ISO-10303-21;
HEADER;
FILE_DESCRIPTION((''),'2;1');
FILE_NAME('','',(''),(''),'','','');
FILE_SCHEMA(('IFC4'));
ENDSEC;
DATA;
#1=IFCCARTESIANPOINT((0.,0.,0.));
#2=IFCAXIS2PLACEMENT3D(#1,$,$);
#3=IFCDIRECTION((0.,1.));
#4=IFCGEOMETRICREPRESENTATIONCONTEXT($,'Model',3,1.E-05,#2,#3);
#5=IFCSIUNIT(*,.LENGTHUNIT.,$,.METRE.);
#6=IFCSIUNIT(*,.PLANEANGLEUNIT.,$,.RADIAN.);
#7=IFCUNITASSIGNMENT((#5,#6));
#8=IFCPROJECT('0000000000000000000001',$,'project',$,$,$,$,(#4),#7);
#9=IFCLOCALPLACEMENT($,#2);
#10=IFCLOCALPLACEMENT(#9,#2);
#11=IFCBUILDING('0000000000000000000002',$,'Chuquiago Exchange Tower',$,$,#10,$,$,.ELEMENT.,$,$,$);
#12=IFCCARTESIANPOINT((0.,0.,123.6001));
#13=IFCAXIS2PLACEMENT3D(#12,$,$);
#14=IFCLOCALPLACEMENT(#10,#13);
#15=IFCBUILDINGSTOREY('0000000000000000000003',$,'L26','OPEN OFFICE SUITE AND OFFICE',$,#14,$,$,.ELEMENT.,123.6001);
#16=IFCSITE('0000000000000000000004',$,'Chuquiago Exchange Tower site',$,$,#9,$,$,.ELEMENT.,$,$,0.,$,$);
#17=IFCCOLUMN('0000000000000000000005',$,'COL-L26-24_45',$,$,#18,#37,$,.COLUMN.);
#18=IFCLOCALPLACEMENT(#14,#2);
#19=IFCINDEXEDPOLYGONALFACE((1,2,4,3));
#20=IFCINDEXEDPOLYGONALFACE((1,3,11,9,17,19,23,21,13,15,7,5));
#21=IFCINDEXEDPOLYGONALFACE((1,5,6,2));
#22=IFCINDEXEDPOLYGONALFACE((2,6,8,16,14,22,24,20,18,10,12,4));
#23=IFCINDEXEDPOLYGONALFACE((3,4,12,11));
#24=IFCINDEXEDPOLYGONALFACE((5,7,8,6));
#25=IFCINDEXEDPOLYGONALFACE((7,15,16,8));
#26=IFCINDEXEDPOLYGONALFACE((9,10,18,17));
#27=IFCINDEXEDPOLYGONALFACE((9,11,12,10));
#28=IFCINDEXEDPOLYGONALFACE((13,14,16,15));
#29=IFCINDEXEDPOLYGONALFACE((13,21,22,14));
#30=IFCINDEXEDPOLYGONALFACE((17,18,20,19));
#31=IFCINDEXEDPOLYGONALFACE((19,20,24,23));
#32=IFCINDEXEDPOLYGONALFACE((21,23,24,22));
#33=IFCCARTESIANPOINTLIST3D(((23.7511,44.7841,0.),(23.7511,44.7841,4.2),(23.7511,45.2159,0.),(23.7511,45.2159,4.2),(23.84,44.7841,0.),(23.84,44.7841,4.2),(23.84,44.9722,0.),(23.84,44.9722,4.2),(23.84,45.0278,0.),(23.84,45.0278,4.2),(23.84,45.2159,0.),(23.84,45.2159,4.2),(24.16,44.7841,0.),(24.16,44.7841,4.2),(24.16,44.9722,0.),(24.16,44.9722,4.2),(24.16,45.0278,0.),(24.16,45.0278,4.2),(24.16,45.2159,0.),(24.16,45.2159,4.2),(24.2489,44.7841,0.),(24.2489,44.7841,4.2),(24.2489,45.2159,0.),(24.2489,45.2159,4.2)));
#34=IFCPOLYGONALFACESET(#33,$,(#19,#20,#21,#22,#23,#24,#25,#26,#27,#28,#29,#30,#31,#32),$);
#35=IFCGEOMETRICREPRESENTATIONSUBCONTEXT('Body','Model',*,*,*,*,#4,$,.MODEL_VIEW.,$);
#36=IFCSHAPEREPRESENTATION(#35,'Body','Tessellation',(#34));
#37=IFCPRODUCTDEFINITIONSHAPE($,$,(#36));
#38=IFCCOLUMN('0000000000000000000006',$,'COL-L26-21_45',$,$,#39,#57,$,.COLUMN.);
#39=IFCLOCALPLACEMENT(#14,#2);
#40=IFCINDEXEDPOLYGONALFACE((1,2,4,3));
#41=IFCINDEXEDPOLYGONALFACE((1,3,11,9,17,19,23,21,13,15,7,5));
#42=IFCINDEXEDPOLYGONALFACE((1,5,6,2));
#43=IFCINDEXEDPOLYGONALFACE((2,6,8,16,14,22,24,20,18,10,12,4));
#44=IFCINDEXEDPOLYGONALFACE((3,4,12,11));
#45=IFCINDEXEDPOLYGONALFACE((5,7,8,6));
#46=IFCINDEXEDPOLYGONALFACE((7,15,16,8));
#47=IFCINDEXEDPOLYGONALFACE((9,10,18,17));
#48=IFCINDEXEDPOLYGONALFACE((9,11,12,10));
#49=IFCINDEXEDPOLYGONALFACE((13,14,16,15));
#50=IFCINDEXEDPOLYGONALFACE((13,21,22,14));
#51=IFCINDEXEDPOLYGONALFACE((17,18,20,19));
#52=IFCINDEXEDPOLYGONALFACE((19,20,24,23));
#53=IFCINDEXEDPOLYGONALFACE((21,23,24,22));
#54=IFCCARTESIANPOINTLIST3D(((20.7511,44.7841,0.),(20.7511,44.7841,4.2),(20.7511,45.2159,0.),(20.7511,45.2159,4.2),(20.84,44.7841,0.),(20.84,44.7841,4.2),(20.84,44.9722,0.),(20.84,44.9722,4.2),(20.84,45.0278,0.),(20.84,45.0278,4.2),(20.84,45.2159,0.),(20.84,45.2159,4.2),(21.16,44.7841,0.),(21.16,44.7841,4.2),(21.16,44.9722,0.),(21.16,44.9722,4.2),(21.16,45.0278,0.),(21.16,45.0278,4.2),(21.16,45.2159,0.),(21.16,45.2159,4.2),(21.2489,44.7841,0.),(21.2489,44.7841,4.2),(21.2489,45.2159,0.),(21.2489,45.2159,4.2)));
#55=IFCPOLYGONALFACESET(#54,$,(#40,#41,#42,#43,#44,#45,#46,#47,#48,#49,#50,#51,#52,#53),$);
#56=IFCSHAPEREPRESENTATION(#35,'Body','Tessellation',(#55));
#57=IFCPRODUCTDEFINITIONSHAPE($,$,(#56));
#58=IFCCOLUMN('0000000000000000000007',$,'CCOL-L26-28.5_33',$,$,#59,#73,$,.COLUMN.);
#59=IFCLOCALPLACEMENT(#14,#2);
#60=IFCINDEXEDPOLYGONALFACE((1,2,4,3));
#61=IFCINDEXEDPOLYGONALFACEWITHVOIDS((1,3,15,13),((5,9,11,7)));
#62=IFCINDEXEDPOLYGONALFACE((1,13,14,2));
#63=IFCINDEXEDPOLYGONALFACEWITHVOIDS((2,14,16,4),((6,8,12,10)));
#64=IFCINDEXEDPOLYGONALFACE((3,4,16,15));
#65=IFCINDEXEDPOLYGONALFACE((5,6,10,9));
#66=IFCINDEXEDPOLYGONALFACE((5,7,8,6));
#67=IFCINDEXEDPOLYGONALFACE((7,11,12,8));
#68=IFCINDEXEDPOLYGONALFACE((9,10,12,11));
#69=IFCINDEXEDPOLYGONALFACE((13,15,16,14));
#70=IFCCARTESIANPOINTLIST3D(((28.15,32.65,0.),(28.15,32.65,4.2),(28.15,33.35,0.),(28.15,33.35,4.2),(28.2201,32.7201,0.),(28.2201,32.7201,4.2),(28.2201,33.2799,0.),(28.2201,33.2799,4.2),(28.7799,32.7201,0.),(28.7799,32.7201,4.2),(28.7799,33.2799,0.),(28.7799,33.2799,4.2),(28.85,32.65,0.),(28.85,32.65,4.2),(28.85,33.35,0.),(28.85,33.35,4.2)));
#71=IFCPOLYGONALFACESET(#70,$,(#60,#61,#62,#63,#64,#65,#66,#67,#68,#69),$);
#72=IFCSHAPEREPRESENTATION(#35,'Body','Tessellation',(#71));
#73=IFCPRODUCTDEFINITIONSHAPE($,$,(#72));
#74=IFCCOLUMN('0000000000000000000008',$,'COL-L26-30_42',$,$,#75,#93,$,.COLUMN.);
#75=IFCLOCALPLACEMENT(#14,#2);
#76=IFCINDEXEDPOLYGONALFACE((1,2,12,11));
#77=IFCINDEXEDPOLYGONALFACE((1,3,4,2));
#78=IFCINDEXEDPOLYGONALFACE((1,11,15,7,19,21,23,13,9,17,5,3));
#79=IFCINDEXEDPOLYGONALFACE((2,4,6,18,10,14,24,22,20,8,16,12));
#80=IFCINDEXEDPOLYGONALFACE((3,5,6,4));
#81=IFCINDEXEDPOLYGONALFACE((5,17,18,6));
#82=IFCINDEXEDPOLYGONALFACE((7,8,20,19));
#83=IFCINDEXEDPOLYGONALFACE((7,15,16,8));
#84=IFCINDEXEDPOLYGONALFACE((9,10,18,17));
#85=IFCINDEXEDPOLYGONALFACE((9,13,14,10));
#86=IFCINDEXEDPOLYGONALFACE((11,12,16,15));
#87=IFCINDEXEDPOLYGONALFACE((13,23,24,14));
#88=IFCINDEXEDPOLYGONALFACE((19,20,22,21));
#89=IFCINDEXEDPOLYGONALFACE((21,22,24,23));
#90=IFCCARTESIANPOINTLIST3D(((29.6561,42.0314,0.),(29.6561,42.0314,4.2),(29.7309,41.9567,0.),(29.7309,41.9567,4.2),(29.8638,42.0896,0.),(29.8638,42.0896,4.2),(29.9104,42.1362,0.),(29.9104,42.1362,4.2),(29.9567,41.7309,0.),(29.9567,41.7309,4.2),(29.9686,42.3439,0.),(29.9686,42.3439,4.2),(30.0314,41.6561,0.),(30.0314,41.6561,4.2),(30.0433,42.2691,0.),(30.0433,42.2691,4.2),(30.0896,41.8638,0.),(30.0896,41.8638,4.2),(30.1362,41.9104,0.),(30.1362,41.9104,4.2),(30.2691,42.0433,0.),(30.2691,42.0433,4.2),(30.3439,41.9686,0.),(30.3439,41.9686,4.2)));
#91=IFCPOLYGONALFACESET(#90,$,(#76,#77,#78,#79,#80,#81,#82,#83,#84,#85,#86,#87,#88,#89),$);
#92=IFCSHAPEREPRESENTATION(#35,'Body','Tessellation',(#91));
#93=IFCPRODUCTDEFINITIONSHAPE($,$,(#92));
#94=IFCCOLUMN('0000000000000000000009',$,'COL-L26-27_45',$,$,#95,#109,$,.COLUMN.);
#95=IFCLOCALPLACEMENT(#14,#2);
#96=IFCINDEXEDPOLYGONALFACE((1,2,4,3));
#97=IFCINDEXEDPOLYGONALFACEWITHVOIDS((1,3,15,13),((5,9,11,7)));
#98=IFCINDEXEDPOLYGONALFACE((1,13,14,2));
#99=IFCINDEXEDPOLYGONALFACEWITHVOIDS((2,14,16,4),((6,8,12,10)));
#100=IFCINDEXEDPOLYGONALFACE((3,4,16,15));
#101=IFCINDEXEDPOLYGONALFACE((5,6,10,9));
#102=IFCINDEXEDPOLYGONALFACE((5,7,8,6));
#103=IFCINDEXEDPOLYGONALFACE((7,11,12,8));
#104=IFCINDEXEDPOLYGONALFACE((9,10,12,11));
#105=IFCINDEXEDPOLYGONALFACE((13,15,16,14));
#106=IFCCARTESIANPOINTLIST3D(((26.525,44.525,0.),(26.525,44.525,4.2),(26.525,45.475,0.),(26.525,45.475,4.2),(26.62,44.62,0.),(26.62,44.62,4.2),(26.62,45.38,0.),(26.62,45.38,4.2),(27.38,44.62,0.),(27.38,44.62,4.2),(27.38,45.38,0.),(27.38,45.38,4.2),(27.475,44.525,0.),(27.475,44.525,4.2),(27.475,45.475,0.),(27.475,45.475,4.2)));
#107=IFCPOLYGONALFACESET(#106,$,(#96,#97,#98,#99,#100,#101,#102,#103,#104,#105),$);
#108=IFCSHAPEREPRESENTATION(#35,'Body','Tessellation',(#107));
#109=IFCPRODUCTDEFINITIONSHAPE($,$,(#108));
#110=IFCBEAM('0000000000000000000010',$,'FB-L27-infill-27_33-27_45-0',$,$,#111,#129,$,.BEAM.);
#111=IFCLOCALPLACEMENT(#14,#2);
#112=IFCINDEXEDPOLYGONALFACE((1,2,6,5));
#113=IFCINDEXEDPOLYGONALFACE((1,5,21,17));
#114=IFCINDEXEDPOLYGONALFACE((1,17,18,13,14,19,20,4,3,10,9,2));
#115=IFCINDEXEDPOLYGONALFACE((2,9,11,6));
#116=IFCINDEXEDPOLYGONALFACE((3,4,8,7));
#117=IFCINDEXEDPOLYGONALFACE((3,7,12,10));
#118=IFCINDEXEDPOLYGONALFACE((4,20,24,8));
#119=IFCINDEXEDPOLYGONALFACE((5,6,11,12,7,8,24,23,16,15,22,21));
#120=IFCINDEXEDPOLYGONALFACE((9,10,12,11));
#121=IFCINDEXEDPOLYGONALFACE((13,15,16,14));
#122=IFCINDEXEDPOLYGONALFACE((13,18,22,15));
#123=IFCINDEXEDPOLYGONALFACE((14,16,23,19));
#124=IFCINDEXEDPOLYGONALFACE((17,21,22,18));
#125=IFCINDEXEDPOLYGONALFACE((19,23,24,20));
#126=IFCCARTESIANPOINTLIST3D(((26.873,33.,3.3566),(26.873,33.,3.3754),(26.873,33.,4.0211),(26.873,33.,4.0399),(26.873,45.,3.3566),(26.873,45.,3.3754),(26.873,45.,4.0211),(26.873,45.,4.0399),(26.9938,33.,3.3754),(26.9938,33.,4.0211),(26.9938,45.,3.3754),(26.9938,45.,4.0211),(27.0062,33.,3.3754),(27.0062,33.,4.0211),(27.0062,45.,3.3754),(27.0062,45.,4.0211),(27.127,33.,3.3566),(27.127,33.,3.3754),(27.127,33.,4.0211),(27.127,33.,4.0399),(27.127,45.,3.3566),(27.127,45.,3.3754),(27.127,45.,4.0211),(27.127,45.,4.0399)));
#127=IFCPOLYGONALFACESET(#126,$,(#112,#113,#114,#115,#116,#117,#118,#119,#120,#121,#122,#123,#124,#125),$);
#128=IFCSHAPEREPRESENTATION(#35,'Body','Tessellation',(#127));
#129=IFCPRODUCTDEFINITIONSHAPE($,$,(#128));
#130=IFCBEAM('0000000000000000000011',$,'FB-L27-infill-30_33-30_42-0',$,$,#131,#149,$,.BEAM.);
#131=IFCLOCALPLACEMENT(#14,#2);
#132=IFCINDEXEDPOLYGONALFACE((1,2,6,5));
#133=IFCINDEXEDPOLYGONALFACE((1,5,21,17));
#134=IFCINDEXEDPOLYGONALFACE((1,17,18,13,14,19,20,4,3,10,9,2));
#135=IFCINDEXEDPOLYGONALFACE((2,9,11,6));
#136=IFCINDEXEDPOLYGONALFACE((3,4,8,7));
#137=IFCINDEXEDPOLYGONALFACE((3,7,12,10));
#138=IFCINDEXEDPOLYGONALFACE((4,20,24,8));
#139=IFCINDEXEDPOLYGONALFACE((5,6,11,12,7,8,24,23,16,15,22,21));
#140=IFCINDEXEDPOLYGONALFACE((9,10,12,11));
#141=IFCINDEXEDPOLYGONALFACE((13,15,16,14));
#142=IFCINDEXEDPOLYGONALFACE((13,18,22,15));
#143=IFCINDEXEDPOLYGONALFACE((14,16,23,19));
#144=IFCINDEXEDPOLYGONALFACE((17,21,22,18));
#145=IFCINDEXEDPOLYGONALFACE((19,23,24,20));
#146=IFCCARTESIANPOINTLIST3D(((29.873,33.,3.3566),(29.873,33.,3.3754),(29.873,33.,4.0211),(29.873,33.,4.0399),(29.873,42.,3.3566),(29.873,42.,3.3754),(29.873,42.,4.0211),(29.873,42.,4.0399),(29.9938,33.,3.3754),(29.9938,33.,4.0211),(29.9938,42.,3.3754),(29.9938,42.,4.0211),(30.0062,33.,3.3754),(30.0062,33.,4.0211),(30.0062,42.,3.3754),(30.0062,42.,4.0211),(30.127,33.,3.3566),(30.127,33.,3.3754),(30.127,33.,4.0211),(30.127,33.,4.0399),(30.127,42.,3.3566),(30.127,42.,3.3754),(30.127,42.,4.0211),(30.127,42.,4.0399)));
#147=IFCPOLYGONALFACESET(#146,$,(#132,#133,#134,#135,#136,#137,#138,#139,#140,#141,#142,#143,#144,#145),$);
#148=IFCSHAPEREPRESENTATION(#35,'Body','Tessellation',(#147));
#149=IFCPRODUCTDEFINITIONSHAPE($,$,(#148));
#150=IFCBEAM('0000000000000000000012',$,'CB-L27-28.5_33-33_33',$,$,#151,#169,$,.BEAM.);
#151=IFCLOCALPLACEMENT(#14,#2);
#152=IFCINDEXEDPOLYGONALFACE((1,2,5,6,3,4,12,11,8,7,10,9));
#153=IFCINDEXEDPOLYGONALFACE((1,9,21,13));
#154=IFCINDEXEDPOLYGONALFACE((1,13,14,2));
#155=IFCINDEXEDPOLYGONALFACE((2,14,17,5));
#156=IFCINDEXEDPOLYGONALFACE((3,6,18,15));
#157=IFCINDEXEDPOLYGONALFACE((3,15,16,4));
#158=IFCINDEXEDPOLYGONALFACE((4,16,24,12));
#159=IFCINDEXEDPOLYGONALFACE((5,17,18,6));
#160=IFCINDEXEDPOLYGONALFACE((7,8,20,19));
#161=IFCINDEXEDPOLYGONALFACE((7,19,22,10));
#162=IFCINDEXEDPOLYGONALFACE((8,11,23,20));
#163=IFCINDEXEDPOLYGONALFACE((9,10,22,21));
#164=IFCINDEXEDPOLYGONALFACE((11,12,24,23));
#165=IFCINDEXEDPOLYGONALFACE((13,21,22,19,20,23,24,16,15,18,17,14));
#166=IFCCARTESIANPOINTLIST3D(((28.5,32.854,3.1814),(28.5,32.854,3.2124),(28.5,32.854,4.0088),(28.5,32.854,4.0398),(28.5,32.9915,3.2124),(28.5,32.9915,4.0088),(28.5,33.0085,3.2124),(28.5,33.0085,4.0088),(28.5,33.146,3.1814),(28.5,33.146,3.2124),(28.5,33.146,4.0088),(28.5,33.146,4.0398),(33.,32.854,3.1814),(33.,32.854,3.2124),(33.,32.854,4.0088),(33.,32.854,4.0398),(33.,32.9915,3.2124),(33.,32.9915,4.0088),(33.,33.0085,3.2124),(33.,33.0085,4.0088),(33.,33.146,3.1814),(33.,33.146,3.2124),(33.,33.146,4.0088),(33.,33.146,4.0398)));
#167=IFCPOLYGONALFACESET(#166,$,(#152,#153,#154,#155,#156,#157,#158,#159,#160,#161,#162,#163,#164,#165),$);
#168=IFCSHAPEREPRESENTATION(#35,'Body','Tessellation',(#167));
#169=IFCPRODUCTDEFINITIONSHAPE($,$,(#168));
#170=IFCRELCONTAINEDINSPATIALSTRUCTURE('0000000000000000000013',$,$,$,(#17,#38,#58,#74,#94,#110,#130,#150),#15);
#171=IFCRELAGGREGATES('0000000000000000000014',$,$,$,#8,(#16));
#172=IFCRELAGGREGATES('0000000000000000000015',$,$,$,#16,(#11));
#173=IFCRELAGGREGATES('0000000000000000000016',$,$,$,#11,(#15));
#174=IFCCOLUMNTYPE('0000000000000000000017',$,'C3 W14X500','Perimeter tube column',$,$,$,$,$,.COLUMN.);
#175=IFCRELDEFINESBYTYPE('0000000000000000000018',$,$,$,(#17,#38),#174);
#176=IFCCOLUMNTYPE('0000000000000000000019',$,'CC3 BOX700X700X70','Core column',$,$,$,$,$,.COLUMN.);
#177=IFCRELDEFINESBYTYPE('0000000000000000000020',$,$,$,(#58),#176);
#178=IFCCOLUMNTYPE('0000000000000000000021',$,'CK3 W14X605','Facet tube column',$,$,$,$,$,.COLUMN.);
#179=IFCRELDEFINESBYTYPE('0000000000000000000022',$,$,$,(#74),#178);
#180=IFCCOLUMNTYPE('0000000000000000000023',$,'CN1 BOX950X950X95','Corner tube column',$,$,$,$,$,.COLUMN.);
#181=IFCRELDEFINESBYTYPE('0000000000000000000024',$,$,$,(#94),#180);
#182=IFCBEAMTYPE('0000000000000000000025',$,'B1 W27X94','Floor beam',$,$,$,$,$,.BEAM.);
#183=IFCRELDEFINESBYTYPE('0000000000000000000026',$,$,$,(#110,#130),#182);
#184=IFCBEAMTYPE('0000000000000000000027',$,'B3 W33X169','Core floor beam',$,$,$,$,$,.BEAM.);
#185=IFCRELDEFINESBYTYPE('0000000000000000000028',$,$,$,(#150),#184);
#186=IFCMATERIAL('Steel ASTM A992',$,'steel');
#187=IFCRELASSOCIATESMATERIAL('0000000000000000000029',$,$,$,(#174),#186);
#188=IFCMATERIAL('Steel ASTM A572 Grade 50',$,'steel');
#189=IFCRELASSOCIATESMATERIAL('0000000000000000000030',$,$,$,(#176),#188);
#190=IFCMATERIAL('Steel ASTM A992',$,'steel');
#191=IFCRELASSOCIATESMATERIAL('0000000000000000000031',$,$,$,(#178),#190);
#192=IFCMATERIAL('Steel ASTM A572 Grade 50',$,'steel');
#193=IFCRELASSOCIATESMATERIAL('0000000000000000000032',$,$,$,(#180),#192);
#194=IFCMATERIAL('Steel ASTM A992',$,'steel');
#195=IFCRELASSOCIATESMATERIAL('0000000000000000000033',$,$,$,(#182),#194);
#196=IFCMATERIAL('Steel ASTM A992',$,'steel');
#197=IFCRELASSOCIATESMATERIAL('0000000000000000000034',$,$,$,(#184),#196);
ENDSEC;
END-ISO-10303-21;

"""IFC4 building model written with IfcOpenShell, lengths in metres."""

from ifc_helpers import new_model, si_unit, direction, frame, origin, origin_2d, place, context, subcontext, project, spatial, hollow_rectangle, i_section, extrude, material, material_profile, profile_set, type_object, element, save


model = new_model("IFC4")

# Units and contexts
model_context = context("Model", 3, precision=1e-05, world=origin(), true_north=direction((0.0, 1.0)))
body_context = subcontext(model_context, "Body", "Model", "MODEL_VIEW")
ifc_project = project(units=[si_unit("LENGTHUNIT", "METRE"), si_unit("PLANEANGLEUNIT", "RADIAN")], contexts=[model_context])

# Site, building, storey
site_placement = place(None, origin())
site = spatial("IfcSite", under=ifc_project, at=site_placement, Name="Chuquiago Exchange Tower site", CompositionType="ELEMENT", RefElevation=0.0)
building_placement = place(site_placement, origin())
building = spatial("IfcBuilding", under=site, at=building_placement, Name="Chuquiago Exchange Tower", CompositionType="ELEMENT")
storey_placement = place(building_placement, frame((0.0, 0.0, 123.6001)))
storey = spatial("IfcBuildingStorey", under=building, at=storey_placement, Name="L26", Description="OPEN OFFICE SUITE AND OFFICE", CompositionType="ELEMENT", Elevation=123.6001)

# Columns
ifc_material_1 = material(Name="Steel ASTM A992", Category="steel")
ifc_material_profile_1 = material_profile(ifc_material_1, i_section(OverallWidth=0.4319, OverallDepth=0.4978, WebThickness=0.0557, FlangeThickness=0.0889, at=origin_2d()), Name="W14X500")
ifc_profile_set_1 = profile_set([ifc_material_profile_1], Name="Steel ASTM A992")
column_type_1 = type_object("IfcColumnType", Name="C3 W14X500", Description="Perimeter tube column", PredefinedType="COLUMN", material=ifc_profile_set_1)
for number, where, z_axis, x_axis, name in (
    (1, (24.0, 45.0, 0.0), (0.0, 0.0, 1.0), (0.0, 1.0, 0.0), "COL-L26-24_45"),
    (2, (21.0, 45.0, 0.0), (0.0, 0.0, 1.0), (0.0, 1.0, 0.0), "COL-L26-21_45"),
):
    element("IfcColumn", number, at=place(storey_placement, frame(where, z_axis=z_axis, x_axis=x_axis)), inside=storey, type_object=column_type_1, Name=name, PredefinedType="COLUMN", context=body_context, shape_type="SweptSolid", body=[
        extrude(i_section(OverallWidth=0.4319, OverallDepth=0.4978, WebThickness=0.0557, FlangeThickness=0.0889, at=origin_2d()), origin(), (0.0, 0.0, 1.0), 4.2),
    ])
ifc_material_2 = material(Name="Steel ASTM A572 Grade 50", Category="steel")
ifc_material_profile_2 = material_profile(ifc_material_2, hollow_rectangle(XDim=0.7, YDim=0.7, WallThickness=0.0701, at=origin_2d()), Name="BOX700X700X70")
ifc_profile_set_2 = profile_set([ifc_material_profile_2], Name="Steel ASTM A572 Grade 50")
column_type_2 = type_object("IfcColumnType", Name="CC3 BOX700X700X70", Description="Core column", PredefinedType="COLUMN", material=ifc_profile_set_2)
column_1_placement = place(storey_placement, frame((28.5, 33.0, 0.0), z_axis=(0.0, 0.0, 1.0), x_axis=(1.0, 0.0, 0.0)))
element("IfcColumn", 3, at=column_1_placement, inside=storey, type_object=column_type_2, Name="CCOL-L26-28.5_33", PredefinedType="COLUMN", context=body_context, shape_type="SweptSolid", body=[
    extrude(hollow_rectangle(XDim=0.7, YDim=0.7, WallThickness=0.0701, at=origin_2d()), origin(), (0.0, 0.0, 1.0), 4.2),
])
ifc_material_3 = material(Name="Steel ASTM A992", Category="steel")
ifc_material_profile_3 = material_profile(ifc_material_3, i_section(OverallWidth=0.4419, OverallDepth=0.5308, WebThickness=0.0659, FlangeThickness=0.1057, at=origin_2d()), Name="W14X605")
ifc_profile_set_3 = profile_set([ifc_material_profile_3], Name="Steel ASTM A992")
column_type_3 = type_object("IfcColumnType", Name="CK3 W14X605", Description="Facet tube column", PredefinedType="COLUMN", material=ifc_profile_set_3)
column_2_placement = place(storey_placement, frame((30.0, 42.0, 0.0), z_axis=(0.0, 0.0, 1.0), x_axis=(0.707107, 0.707107, 0.0)))
element("IfcColumn", 4, at=column_2_placement, inside=storey, type_object=column_type_3, Name="COL-L26-30_42", PredefinedType="COLUMN", context=body_context, shape_type="SweptSolid", body=[
    extrude(i_section(OverallWidth=0.4419, OverallDepth=0.5308, WebThickness=0.0659, FlangeThickness=0.1057, at=origin_2d()), origin(), (0.0, 0.0, 1.0), 4.2),
])
ifc_material_4 = material(Name="Steel ASTM A572 Grade 50", Category="steel")
ifc_material_profile_4 = material_profile(ifc_material_4, hollow_rectangle(XDim=0.95, YDim=0.95, WallThickness=0.095, at=origin_2d()), Name="BOX950X950X95")
ifc_profile_set_4 = profile_set([ifc_material_profile_4], Name="Steel ASTM A572 Grade 50")
column_type_4 = type_object("IfcColumnType", Name="CN1 BOX950X950X95", Description="Corner tube column", PredefinedType="COLUMN", material=ifc_profile_set_4)
column_3_placement = place(storey_placement, frame((27.0, 45.0, 0.0), z_axis=(0.0, 0.0, 1.0), x_axis=(0.0, 1.0, 0.0)))
element("IfcColumn", 5, at=column_3_placement, inside=storey, type_object=column_type_4, Name="COL-L26-27_45", PredefinedType="COLUMN", context=body_context, shape_type="SweptSolid", body=[
    extrude(hollow_rectangle(XDim=0.95, YDim=0.95, WallThickness=0.095, at=origin_2d()), origin(), (0.0, 0.0, 1.0), 4.2),
])

# Beams
ifc_material_5 = material(Name="Steel ASTM A992", Category="steel")
ifc_material_profile_5 = material_profile(ifc_material_5, i_section(OverallWidth=0.2539, OverallDepth=0.6833, WebThickness=0.0125, FlangeThickness=0.0188, at=origin_2d()), Name="W27X94")
ifc_profile_set_5 = profile_set([ifc_material_profile_5], Name="Steel ASTM A992")
beam_type_1 = type_object("IfcBeamType", Name="B1 W27X94", Description="Floor beam", PredefinedType="BEAM", material=ifc_profile_set_5)
beam_1_placement = place(storey_placement, frame((27.0, 33.0, 3.6982), z_axis=(0.0, 1.0, 0.0), x_axis=(-1.0, 0.0, 0.0)))
element("IfcBeam", 6, at=beam_1_placement, inside=storey, type_object=beam_type_1, Name="FB-L27-infill-27_33-27_45-0", PredefinedType="BEAM", context=body_context, shape_type="SweptSolid", body=[
    extrude(i_section(OverallWidth=0.2539, OverallDepth=0.6833, WebThickness=0.0125, FlangeThickness=0.0188, at=origin_2d()), origin(), (0.0, 0.0, 1.0), 12.0),
])
beam_2_placement = place(storey_placement, frame((30.0, 33.0, 3.6982), z_axis=(0.0, 1.0, 0.0), x_axis=(-1.0, 0.0, 0.0)))
element("IfcBeam", 7, at=beam_2_placement, inside=storey, type_object=beam_type_1, Name="FB-L27-infill-30_33-30_42-0", PredefinedType="BEAM", context=body_context, shape_type="SweptSolid", body=[
    extrude(i_section(OverallWidth=0.2539, OverallDepth=0.6833, WebThickness=0.0125, FlangeThickness=0.0188, at=origin_2d()), origin(), (0.0, 0.0, 1.0), 9.0),
])
ifc_material_6 = material(Name="Steel ASTM A992", Category="steel")
ifc_material_profile_6 = material_profile(ifc_material_6, i_section(OverallWidth=0.292, OverallDepth=0.8584, WebThickness=0.0171, FlangeThickness=0.031, at=origin_2d()), Name="W33X169")
ifc_profile_set_6 = profile_set([ifc_material_profile_6], Name="Steel ASTM A992")
beam_type_2 = type_object("IfcBeamType", Name="B3 W33X169", Description="Core floor beam", PredefinedType="BEAM", material=ifc_profile_set_6)
beam_3_placement = place(storey_placement, frame((28.5, 33.0, 3.6106), z_axis=(1.0, 0.0, 0.0), x_axis=(0.0, 1.0, 0.0)))
element("IfcBeam", 8, at=beam_3_placement, inside=storey, type_object=beam_type_2, Name="CB-L27-28.5_33-33_33", PredefinedType="BEAM", context=body_context, shape_type="SweptSolid", body=[
    extrude(i_section(OverallWidth=0.292, OverallDepth=0.8584, WebThickness=0.0171, FlangeThickness=0.031, at=origin_2d()), origin(), (0.0, 0.0, 1.0), 4.5),
])

save(model, "model.ifc")
